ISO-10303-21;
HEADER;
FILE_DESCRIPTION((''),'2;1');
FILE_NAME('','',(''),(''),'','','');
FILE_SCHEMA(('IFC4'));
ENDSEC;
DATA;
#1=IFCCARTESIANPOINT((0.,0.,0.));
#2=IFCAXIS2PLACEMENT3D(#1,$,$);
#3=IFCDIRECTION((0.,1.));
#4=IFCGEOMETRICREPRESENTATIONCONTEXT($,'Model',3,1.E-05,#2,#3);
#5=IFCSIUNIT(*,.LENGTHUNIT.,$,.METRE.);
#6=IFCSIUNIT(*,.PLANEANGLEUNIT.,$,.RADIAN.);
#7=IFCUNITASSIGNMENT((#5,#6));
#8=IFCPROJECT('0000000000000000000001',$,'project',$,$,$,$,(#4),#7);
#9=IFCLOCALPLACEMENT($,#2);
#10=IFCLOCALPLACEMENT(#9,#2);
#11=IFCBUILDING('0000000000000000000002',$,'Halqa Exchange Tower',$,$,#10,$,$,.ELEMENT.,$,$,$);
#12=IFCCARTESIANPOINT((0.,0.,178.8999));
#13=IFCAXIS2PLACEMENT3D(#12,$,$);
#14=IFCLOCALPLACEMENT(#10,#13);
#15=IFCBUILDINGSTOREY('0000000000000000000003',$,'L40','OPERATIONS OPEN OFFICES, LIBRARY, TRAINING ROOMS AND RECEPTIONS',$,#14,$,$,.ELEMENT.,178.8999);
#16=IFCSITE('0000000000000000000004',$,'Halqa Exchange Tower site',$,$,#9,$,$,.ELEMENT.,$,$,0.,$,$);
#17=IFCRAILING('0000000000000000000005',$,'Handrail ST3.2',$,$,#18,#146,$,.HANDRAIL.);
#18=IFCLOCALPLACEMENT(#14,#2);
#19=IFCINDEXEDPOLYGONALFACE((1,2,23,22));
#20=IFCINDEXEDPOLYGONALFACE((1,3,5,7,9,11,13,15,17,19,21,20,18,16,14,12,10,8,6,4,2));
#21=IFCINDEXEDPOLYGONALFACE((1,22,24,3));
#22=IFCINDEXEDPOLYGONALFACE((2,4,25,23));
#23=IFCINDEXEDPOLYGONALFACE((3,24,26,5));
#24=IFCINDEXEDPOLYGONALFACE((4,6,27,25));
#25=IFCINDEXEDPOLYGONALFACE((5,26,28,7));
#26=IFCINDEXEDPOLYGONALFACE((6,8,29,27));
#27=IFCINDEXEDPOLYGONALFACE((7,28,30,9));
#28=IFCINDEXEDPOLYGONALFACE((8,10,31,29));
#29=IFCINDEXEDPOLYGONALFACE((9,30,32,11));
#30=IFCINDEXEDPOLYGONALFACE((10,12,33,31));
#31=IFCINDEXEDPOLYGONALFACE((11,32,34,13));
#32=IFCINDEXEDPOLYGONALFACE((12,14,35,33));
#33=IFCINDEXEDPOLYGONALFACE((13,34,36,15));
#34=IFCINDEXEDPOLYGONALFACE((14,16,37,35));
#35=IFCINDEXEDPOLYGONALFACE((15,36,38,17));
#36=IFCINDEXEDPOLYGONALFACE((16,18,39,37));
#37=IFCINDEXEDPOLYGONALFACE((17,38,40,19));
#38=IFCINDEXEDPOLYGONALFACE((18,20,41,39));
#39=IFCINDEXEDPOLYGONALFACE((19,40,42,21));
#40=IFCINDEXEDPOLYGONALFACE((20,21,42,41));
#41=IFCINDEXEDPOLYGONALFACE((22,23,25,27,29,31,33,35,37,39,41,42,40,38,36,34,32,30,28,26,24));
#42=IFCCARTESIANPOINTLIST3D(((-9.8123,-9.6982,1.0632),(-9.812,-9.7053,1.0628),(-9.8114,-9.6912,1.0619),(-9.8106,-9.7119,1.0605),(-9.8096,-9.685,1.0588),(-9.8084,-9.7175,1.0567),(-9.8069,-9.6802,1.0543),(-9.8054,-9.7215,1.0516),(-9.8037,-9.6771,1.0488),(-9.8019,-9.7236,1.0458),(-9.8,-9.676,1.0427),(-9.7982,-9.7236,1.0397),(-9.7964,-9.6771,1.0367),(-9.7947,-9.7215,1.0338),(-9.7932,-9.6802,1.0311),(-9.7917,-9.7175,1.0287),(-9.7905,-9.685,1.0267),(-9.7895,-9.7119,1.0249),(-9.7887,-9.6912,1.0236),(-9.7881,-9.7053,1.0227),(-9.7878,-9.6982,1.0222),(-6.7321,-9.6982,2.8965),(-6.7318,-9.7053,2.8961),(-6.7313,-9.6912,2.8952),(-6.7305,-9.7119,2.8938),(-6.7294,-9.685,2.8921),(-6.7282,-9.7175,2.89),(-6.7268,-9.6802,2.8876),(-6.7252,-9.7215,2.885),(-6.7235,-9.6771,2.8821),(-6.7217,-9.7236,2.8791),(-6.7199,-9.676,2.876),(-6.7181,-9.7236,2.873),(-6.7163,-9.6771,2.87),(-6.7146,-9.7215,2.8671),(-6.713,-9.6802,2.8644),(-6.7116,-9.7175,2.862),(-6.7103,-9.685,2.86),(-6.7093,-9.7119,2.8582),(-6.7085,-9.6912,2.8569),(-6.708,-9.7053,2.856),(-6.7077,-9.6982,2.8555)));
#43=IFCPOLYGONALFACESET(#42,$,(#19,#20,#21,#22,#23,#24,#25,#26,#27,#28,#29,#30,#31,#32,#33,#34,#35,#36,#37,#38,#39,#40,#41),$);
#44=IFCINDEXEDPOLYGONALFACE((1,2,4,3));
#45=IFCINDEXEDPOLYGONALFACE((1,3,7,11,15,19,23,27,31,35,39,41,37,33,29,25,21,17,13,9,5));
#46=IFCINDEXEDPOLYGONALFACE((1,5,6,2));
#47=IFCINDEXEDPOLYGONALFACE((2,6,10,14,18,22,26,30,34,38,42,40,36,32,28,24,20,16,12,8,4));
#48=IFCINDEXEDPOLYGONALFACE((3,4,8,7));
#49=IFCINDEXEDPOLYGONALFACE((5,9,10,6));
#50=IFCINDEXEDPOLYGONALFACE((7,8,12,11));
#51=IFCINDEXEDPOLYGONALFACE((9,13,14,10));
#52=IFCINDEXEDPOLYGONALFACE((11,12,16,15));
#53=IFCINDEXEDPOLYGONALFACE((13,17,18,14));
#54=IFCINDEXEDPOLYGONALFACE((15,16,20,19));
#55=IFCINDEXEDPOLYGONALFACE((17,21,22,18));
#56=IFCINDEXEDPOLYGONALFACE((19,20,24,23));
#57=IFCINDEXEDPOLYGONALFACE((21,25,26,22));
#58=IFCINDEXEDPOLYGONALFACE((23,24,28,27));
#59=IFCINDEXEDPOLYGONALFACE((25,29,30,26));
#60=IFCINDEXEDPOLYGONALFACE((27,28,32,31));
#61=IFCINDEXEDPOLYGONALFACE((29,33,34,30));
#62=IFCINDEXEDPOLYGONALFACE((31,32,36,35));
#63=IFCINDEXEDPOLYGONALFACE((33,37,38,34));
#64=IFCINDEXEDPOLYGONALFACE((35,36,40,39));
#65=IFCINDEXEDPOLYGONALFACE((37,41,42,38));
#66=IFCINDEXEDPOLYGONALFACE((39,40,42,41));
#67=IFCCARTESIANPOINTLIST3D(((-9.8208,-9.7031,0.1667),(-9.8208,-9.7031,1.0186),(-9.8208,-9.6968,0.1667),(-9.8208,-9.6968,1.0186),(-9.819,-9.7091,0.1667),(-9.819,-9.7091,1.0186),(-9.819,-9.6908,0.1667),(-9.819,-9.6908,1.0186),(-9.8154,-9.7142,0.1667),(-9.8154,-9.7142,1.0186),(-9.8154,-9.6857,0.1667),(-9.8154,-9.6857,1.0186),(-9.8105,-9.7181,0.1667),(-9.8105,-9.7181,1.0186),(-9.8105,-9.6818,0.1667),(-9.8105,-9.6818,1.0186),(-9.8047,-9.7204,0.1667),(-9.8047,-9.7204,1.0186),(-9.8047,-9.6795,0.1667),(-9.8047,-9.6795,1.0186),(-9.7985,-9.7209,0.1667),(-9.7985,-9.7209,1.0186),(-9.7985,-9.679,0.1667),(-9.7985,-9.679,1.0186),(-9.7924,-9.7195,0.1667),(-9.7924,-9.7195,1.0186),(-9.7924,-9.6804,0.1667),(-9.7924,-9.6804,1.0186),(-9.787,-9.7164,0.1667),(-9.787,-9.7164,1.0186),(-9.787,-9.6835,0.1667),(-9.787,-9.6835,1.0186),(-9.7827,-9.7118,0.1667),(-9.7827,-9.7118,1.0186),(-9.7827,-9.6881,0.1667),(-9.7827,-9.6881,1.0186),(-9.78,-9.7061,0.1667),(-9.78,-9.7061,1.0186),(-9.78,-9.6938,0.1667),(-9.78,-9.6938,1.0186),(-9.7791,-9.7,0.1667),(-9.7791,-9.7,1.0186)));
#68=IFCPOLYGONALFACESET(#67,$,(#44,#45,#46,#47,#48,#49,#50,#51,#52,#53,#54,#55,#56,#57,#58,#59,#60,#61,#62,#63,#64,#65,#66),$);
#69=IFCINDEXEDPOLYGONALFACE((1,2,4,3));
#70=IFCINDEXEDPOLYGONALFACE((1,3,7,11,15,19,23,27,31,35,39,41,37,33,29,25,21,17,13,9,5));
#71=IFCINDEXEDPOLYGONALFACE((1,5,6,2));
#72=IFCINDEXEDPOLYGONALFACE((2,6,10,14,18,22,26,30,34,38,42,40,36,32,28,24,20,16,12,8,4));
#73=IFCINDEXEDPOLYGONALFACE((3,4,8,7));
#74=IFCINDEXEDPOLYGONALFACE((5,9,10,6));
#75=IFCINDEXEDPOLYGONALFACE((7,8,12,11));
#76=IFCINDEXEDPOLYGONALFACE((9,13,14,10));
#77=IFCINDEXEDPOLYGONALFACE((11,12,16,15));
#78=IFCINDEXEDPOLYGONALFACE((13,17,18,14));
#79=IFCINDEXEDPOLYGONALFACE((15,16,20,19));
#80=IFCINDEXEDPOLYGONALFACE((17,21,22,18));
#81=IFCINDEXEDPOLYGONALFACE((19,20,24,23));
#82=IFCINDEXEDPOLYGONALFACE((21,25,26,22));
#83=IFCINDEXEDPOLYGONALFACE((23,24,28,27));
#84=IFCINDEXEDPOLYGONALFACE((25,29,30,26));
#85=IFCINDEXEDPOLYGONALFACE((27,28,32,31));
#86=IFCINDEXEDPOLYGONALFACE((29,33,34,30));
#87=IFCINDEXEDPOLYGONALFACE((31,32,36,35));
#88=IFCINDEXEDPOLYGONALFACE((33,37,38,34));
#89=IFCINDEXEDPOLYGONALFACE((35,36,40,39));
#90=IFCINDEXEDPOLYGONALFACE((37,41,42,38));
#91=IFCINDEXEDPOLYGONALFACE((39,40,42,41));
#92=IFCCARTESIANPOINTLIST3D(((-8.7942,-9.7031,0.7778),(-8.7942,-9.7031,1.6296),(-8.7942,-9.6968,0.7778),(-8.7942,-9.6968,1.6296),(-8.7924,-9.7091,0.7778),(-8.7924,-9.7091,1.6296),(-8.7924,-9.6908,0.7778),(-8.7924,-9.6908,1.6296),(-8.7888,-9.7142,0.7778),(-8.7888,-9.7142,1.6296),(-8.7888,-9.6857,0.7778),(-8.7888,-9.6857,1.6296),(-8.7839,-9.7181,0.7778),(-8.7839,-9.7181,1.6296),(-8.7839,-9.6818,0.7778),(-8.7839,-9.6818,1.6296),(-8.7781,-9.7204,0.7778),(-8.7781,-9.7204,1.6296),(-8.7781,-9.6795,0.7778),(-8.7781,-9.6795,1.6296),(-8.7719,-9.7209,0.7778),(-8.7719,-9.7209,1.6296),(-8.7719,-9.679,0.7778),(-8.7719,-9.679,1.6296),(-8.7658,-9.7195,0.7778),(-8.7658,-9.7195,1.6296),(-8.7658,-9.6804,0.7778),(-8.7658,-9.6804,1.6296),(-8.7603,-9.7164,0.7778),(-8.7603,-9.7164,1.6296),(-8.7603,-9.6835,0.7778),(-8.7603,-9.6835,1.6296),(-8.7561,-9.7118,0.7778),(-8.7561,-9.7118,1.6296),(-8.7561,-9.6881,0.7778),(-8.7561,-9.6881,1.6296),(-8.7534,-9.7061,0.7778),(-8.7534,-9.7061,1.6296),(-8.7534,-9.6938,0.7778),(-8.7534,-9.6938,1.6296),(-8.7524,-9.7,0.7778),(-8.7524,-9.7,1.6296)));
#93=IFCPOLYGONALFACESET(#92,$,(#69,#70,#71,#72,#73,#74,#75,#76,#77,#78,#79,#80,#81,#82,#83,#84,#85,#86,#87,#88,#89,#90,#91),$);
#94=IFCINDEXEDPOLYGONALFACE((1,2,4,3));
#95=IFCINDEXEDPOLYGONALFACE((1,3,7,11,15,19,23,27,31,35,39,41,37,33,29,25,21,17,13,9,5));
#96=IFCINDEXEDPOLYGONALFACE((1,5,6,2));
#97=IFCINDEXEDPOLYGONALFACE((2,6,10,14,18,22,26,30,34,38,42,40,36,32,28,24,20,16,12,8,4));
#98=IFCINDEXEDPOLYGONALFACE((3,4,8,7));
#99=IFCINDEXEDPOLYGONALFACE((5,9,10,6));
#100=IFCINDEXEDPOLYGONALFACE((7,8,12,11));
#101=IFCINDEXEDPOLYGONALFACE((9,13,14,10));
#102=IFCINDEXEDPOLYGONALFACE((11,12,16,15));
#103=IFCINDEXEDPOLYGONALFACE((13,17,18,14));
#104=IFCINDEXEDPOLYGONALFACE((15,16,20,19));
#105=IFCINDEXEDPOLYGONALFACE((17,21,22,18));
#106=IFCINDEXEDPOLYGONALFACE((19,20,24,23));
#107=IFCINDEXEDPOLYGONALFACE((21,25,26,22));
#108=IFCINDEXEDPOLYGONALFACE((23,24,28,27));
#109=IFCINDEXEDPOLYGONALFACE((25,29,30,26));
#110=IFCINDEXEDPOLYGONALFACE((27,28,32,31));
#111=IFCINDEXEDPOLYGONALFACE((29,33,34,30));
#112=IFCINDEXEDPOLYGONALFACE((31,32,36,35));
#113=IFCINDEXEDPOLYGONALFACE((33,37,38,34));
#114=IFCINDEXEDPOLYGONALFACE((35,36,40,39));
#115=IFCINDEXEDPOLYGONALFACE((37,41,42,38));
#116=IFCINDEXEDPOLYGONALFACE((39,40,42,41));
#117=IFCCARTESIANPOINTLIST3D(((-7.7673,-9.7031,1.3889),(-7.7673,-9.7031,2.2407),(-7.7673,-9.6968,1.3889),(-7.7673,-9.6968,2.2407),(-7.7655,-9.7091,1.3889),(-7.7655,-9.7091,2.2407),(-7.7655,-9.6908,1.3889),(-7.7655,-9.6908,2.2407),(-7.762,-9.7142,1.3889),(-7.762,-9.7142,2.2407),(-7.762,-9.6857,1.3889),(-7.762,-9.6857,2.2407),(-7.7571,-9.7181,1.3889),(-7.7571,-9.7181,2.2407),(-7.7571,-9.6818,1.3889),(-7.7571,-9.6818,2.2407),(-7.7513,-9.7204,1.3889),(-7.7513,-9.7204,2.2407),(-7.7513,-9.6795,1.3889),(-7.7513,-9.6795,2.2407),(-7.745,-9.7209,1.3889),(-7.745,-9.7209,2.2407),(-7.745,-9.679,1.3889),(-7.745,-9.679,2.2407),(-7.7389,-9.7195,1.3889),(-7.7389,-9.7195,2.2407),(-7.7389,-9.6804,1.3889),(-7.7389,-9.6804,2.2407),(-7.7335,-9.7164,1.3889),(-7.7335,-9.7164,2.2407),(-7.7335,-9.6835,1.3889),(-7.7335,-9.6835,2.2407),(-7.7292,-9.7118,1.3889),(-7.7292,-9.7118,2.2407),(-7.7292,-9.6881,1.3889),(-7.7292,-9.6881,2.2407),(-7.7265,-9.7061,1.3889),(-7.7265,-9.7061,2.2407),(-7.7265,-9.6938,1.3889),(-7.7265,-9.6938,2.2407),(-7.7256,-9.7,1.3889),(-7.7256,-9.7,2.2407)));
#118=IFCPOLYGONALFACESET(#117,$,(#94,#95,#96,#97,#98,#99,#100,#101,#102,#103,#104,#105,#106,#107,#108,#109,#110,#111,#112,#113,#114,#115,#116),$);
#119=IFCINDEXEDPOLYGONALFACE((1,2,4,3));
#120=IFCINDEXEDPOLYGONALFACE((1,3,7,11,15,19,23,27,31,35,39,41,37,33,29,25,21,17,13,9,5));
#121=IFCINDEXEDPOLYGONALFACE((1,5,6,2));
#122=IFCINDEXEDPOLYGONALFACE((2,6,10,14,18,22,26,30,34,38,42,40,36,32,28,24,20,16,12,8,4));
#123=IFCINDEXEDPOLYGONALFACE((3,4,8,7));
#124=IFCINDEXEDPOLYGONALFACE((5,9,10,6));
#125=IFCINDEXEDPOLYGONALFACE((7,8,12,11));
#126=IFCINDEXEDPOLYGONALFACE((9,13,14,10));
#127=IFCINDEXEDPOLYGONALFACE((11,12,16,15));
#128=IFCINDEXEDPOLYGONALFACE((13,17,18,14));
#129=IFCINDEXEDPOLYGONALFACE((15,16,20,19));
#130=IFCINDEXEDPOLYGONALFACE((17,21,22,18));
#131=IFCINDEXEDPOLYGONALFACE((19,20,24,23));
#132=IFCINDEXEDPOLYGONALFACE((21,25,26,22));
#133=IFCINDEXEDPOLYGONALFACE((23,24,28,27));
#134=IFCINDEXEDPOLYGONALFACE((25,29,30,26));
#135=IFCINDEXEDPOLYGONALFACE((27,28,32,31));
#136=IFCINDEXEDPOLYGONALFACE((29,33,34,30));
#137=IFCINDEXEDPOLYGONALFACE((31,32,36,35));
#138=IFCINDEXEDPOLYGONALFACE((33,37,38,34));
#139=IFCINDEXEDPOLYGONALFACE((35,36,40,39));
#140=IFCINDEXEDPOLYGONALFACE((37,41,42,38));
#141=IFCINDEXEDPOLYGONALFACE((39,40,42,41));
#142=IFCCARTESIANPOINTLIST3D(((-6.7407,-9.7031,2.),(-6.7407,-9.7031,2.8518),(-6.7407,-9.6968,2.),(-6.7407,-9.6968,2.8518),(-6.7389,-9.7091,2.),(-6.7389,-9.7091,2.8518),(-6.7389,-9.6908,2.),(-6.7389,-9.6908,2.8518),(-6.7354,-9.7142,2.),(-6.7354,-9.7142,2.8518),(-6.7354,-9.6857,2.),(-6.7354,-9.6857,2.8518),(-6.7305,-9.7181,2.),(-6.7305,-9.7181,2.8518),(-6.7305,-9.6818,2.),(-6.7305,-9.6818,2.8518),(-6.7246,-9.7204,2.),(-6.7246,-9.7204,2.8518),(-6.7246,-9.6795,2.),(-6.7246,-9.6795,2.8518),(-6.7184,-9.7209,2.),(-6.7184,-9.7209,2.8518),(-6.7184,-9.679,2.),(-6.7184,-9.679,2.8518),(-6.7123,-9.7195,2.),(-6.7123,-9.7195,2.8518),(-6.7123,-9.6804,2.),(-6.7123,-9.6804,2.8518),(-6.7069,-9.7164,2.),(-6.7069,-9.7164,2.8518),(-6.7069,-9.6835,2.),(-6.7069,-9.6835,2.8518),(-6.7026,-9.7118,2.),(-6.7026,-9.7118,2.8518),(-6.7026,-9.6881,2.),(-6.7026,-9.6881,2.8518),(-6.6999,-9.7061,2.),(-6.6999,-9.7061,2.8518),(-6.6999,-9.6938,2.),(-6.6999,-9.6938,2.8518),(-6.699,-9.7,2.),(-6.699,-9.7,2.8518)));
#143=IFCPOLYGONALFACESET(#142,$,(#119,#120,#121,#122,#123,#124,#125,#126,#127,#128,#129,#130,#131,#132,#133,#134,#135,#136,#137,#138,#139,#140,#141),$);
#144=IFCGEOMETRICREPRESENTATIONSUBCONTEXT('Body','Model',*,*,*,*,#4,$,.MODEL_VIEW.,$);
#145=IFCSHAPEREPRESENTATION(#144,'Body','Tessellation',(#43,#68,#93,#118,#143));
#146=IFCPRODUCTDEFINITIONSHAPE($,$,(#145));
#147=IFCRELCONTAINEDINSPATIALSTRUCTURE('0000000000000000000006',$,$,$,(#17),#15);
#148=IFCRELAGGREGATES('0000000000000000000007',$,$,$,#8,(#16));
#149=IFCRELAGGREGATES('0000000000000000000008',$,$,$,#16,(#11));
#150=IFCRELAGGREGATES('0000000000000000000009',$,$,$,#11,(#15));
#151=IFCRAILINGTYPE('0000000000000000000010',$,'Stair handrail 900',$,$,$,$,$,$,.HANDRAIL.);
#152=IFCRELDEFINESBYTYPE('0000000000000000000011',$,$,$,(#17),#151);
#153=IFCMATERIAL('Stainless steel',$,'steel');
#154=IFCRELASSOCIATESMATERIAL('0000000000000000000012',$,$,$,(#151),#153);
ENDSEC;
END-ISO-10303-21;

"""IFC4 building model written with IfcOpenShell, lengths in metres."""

from ifc_helpers import new_model, si_unit, direction, frame, origin, origin_2d, place, context, subcontext, project, spatial, circle, extrude, material, type_object, element, save


model = new_model("IFC4")

# Units and contexts
model_context = context("Model", 3, precision=1e-05, world=origin(), true_north=direction((0.0, 1.0)))
body_context = subcontext(model_context, "Body", "Model", "MODEL_VIEW")
ifc_project = project(units=[si_unit("LENGTHUNIT", "METRE"), si_unit("PLANEANGLEUNIT", "RADIAN")], contexts=[model_context])

# Site, building, storey
site_placement = place(None, origin())
site = spatial("IfcSite", under=ifc_project, at=site_placement, Name="Halqa Exchange Tower site", CompositionType="ELEMENT", RefElevation=0.0)
building_placement = place(site_placement, origin())
building = spatial("IfcBuilding", under=site, at=building_placement, Name="Halqa Exchange Tower", CompositionType="ELEMENT")
storey_placement = place(building_placement, frame((0.0, 0.0, 178.8999)))
storey = spatial("IfcBuildingStorey", under=building, at=storey_placement, Name="L40", Description="OPERATIONS OPEN OFFICES, LIBRARY, TRAINING ROOMS AND RECEPTIONS", CompositionType="ELEMENT", Elevation=178.8999)

# Shared definitions
ifc_material_1 = material(Name="Stainless steel", Category="steel")

# Railing
railing_type_1 = type_object("IfcRailingType", Name="Stair handrail 900", PredefinedType="HANDRAIL", material=ifc_material_1)
railing_1_placement = place(storey_placement, frame((-9.8, -9.7, 0.1667)))
element("IfcRailing", 1, at=railing_1_placement, inside=storey, type_object=railing_type_1, Name="Handrail ST3.2", PredefinedType="HANDRAIL", context=body_context, shape_type="SweptSolid", body=[
    extrude(circle(Radius=0.0239, at=origin_2d()), frame((0.0, 0.0, 0.876), z_axis=(0.859309, 0.0, 0.511458), x_axis=(0.0, 1.0, 0.0)), (0.0, 0.0, 1.0), 3.5845),
    extrude(circle(Radius=0.021, at=origin_2d()), origin(), (0.0, 0.0, 1.0), 0.8518),
    extrude(circle(Radius=0.021, at=origin_2d()), frame((1.0266, 0.0, 0.6111)), (0.0, 0.0, 1.0), 0.8518),
    extrude(circle(Radius=0.021, at=origin_2d()), frame((2.0535, 0.0, 1.2222)), (0.0, 0.0, 1.0), 0.8518),
    extrude(circle(Radius=0.021, at=origin_2d()), frame((3.0801, 0.0, 1.8333)), (0.0, 0.0, 1.0), 0.8518),
])

save(model, "model.ifc")
